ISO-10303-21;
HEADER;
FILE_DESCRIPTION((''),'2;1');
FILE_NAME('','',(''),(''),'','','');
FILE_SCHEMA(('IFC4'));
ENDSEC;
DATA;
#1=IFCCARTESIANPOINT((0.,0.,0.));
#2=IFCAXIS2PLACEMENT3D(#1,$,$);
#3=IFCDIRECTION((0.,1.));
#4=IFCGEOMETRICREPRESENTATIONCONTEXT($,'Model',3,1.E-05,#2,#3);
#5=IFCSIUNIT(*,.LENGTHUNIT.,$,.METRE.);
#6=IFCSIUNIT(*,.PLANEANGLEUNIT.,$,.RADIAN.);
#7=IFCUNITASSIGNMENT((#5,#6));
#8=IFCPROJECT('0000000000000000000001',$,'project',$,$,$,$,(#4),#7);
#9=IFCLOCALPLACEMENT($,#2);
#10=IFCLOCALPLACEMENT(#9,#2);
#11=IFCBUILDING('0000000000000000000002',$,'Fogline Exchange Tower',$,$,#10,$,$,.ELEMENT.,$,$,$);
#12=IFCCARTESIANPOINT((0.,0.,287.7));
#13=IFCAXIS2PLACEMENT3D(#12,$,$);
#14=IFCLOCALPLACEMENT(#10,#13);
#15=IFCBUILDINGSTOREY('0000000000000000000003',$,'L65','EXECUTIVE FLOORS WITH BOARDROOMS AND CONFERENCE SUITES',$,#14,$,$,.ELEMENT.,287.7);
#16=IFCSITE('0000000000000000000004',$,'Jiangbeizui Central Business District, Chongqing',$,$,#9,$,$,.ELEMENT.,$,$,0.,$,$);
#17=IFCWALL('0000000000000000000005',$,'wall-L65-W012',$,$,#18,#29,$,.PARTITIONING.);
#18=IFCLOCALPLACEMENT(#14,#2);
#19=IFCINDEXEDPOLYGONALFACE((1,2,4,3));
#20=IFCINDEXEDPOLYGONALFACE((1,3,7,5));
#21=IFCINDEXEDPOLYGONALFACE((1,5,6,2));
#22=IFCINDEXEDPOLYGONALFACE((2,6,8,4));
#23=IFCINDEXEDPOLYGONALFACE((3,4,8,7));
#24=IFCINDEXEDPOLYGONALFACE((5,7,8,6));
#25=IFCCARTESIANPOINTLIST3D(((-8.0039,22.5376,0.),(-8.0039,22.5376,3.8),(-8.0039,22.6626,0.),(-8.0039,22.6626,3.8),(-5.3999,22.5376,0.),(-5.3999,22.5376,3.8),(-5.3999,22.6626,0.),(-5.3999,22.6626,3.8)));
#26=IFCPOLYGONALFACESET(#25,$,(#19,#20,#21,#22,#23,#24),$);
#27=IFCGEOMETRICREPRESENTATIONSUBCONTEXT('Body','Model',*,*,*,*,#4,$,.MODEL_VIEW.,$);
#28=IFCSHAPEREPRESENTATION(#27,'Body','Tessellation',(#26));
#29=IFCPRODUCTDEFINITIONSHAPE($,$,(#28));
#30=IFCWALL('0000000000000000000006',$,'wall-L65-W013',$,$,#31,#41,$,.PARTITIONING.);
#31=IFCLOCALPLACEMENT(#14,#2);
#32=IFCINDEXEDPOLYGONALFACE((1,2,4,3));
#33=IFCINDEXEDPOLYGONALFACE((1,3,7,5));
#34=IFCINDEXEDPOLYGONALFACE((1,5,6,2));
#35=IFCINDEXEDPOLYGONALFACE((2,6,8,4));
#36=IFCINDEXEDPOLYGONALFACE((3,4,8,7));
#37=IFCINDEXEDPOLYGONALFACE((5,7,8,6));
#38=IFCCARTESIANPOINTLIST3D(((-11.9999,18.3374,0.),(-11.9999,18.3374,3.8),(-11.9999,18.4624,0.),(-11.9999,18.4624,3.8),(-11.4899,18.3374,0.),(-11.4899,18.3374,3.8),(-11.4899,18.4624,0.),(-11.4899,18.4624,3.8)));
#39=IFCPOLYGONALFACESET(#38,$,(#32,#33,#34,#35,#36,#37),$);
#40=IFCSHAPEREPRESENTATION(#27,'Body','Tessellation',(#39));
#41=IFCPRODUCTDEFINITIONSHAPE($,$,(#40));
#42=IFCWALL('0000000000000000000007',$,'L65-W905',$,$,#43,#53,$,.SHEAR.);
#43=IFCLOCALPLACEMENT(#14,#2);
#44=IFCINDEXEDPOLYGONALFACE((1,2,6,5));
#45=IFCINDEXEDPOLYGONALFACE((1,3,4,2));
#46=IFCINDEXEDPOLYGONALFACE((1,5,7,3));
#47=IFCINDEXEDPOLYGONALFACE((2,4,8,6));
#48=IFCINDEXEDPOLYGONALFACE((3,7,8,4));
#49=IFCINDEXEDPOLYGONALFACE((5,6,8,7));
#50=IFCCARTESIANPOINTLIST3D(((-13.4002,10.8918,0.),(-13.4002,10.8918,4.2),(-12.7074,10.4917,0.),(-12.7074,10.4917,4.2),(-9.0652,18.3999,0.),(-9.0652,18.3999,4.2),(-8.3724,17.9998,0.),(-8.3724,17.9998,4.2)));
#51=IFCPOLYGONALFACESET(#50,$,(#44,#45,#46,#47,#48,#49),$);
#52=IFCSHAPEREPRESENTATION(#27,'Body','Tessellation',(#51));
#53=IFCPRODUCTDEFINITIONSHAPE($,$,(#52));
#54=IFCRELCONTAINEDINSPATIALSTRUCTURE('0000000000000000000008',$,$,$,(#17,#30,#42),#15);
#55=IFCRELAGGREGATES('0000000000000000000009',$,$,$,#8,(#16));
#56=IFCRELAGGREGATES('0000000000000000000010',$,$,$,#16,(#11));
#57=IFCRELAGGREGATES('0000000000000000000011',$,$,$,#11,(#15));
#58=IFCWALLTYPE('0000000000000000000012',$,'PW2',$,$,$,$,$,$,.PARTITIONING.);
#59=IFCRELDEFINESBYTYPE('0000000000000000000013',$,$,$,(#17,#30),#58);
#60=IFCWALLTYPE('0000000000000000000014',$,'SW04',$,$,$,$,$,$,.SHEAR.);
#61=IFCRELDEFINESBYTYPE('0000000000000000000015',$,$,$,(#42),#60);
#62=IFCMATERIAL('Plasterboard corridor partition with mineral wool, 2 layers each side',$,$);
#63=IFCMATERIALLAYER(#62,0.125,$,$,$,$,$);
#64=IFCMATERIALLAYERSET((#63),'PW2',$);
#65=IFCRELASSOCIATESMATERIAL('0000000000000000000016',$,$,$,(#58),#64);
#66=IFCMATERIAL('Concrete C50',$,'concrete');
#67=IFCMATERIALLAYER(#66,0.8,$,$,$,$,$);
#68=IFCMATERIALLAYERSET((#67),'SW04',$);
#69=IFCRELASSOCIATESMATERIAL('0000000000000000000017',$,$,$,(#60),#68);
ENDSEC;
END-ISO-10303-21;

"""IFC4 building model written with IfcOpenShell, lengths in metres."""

from ifc_helpers import new_model, si_unit, direction, frame, frame_2d, origin, place, context, subcontext, project, spatial, rectangle, extrude, material, layer, layer_set, type_object, element, save


model = new_model("IFC4")

# Units and contexts
model_context = context("Model", 3, precision=1e-05, world=origin(), true_north=direction((0.0, 1.0)))
body_context = subcontext(model_context, "Body", "Model", "MODEL_VIEW")
ifc_project = project(units=[si_unit("LENGTHUNIT", "METRE"), si_unit("PLANEANGLEUNIT", "RADIAN")], contexts=[model_context])

# Site, building, storey
site_placement = place(None, origin())
site = spatial("IfcSite", under=ifc_project, at=site_placement, Name="Jiangbeizui Central Business District, Chongqing", CompositionType="ELEMENT", RefElevation=0.0)
building_placement = place(site_placement, origin())
building = spatial("IfcBuilding", under=site, at=building_placement, Name="Fogline Exchange Tower", CompositionType="ELEMENT")
storey_placement = place(building_placement, frame((0.0, 0.0, 287.7)))
storey = spatial("IfcBuildingStorey", under=building, at=storey_placement, Name="L65", Description="EXECUTIVE FLOORS WITH BOARDROOMS AND CONFERENCE SUITES", CompositionType="ELEMENT", Elevation=287.7)

# Shared definitions
ifc_material_1 = material(Name="Plasterboard corridor partition with mineral wool, 2 layers each side")
ifc_layer_1 = layer(ifc_material_1, 0.125)
ifc_layer_set_1 = layer_set([ifc_layer_1], Name="PW2")
wall_type_1 = type_object("IfcWallType", Name="PW2", PredefinedType="PARTITIONING", material=ifc_layer_set_1)

# Walls
wall_1_placement = place(storey_placement, frame((-8.0039, 22.6001, 0.0), z_axis=(0.0, 0.0, 1.0), x_axis=(1.0, 0.0, 0.0)))
element("IfcWall", 1, at=wall_1_placement, inside=storey, type_object=wall_type_1, Name="wall-L65-W012", PredefinedType="PARTITIONING", context=body_context, shape_type="SweptSolid", body=[
    extrude(rectangle(XDim=2.604, YDim=0.125, at=frame_2d((1.302, 0.0))), origin(), (0.0, 0.0, 1.0), 3.8),
])
wall_2_placement = place(storey_placement, frame((-11.49, 18.3999, 0.0), z_axis=(0.0, 0.0, 1.0), x_axis=(-1.0, 0.0, 0.0)))
element("IfcWall", 2, at=wall_2_placement, inside=storey, type_object=wall_type_1, Name="wall-L65-W013", PredefinedType="PARTITIONING", context=body_context, shape_type="SweptSolid", body=[
    extrude(rectangle(XDim=0.51, YDim=0.125, at=frame_2d((0.2549, 0.0))), origin(), (0.0, 0.0, 1.0), 3.8),
])
ifc_material_2 = material(Name="Concrete C50", Category="concrete")
ifc_layer_2 = layer(ifc_material_2, 0.8)
ifc_layer_set_2 = layer_set([ifc_layer_2], Name="SW04")
wall_type_2 = type_object("IfcWallType", Name="SW04", PredefinedType="SHEAR", material=ifc_layer_set_2)
wall_3_placement = place(storey_placement, frame((-8.7188, 18.2, 0.0), z_axis=(0.0, 0.0, 1.0), x_axis=(-0.500016, -0.866016, 0.0)))
element("IfcWall", 3, at=wall_3_placement, inside=storey, type_object=wall_type_2, Name="L65-W905", PredefinedType="SHEAR", context=body_context, shape_type="SweptSolid", body=[
    extrude(rectangle(XDim=8.6697, YDim=0.8, at=frame_2d((4.335, 0.0))), origin(), (0.0, 0.0, 1.0), 4.2),
])

save(model, "model.ifc")
